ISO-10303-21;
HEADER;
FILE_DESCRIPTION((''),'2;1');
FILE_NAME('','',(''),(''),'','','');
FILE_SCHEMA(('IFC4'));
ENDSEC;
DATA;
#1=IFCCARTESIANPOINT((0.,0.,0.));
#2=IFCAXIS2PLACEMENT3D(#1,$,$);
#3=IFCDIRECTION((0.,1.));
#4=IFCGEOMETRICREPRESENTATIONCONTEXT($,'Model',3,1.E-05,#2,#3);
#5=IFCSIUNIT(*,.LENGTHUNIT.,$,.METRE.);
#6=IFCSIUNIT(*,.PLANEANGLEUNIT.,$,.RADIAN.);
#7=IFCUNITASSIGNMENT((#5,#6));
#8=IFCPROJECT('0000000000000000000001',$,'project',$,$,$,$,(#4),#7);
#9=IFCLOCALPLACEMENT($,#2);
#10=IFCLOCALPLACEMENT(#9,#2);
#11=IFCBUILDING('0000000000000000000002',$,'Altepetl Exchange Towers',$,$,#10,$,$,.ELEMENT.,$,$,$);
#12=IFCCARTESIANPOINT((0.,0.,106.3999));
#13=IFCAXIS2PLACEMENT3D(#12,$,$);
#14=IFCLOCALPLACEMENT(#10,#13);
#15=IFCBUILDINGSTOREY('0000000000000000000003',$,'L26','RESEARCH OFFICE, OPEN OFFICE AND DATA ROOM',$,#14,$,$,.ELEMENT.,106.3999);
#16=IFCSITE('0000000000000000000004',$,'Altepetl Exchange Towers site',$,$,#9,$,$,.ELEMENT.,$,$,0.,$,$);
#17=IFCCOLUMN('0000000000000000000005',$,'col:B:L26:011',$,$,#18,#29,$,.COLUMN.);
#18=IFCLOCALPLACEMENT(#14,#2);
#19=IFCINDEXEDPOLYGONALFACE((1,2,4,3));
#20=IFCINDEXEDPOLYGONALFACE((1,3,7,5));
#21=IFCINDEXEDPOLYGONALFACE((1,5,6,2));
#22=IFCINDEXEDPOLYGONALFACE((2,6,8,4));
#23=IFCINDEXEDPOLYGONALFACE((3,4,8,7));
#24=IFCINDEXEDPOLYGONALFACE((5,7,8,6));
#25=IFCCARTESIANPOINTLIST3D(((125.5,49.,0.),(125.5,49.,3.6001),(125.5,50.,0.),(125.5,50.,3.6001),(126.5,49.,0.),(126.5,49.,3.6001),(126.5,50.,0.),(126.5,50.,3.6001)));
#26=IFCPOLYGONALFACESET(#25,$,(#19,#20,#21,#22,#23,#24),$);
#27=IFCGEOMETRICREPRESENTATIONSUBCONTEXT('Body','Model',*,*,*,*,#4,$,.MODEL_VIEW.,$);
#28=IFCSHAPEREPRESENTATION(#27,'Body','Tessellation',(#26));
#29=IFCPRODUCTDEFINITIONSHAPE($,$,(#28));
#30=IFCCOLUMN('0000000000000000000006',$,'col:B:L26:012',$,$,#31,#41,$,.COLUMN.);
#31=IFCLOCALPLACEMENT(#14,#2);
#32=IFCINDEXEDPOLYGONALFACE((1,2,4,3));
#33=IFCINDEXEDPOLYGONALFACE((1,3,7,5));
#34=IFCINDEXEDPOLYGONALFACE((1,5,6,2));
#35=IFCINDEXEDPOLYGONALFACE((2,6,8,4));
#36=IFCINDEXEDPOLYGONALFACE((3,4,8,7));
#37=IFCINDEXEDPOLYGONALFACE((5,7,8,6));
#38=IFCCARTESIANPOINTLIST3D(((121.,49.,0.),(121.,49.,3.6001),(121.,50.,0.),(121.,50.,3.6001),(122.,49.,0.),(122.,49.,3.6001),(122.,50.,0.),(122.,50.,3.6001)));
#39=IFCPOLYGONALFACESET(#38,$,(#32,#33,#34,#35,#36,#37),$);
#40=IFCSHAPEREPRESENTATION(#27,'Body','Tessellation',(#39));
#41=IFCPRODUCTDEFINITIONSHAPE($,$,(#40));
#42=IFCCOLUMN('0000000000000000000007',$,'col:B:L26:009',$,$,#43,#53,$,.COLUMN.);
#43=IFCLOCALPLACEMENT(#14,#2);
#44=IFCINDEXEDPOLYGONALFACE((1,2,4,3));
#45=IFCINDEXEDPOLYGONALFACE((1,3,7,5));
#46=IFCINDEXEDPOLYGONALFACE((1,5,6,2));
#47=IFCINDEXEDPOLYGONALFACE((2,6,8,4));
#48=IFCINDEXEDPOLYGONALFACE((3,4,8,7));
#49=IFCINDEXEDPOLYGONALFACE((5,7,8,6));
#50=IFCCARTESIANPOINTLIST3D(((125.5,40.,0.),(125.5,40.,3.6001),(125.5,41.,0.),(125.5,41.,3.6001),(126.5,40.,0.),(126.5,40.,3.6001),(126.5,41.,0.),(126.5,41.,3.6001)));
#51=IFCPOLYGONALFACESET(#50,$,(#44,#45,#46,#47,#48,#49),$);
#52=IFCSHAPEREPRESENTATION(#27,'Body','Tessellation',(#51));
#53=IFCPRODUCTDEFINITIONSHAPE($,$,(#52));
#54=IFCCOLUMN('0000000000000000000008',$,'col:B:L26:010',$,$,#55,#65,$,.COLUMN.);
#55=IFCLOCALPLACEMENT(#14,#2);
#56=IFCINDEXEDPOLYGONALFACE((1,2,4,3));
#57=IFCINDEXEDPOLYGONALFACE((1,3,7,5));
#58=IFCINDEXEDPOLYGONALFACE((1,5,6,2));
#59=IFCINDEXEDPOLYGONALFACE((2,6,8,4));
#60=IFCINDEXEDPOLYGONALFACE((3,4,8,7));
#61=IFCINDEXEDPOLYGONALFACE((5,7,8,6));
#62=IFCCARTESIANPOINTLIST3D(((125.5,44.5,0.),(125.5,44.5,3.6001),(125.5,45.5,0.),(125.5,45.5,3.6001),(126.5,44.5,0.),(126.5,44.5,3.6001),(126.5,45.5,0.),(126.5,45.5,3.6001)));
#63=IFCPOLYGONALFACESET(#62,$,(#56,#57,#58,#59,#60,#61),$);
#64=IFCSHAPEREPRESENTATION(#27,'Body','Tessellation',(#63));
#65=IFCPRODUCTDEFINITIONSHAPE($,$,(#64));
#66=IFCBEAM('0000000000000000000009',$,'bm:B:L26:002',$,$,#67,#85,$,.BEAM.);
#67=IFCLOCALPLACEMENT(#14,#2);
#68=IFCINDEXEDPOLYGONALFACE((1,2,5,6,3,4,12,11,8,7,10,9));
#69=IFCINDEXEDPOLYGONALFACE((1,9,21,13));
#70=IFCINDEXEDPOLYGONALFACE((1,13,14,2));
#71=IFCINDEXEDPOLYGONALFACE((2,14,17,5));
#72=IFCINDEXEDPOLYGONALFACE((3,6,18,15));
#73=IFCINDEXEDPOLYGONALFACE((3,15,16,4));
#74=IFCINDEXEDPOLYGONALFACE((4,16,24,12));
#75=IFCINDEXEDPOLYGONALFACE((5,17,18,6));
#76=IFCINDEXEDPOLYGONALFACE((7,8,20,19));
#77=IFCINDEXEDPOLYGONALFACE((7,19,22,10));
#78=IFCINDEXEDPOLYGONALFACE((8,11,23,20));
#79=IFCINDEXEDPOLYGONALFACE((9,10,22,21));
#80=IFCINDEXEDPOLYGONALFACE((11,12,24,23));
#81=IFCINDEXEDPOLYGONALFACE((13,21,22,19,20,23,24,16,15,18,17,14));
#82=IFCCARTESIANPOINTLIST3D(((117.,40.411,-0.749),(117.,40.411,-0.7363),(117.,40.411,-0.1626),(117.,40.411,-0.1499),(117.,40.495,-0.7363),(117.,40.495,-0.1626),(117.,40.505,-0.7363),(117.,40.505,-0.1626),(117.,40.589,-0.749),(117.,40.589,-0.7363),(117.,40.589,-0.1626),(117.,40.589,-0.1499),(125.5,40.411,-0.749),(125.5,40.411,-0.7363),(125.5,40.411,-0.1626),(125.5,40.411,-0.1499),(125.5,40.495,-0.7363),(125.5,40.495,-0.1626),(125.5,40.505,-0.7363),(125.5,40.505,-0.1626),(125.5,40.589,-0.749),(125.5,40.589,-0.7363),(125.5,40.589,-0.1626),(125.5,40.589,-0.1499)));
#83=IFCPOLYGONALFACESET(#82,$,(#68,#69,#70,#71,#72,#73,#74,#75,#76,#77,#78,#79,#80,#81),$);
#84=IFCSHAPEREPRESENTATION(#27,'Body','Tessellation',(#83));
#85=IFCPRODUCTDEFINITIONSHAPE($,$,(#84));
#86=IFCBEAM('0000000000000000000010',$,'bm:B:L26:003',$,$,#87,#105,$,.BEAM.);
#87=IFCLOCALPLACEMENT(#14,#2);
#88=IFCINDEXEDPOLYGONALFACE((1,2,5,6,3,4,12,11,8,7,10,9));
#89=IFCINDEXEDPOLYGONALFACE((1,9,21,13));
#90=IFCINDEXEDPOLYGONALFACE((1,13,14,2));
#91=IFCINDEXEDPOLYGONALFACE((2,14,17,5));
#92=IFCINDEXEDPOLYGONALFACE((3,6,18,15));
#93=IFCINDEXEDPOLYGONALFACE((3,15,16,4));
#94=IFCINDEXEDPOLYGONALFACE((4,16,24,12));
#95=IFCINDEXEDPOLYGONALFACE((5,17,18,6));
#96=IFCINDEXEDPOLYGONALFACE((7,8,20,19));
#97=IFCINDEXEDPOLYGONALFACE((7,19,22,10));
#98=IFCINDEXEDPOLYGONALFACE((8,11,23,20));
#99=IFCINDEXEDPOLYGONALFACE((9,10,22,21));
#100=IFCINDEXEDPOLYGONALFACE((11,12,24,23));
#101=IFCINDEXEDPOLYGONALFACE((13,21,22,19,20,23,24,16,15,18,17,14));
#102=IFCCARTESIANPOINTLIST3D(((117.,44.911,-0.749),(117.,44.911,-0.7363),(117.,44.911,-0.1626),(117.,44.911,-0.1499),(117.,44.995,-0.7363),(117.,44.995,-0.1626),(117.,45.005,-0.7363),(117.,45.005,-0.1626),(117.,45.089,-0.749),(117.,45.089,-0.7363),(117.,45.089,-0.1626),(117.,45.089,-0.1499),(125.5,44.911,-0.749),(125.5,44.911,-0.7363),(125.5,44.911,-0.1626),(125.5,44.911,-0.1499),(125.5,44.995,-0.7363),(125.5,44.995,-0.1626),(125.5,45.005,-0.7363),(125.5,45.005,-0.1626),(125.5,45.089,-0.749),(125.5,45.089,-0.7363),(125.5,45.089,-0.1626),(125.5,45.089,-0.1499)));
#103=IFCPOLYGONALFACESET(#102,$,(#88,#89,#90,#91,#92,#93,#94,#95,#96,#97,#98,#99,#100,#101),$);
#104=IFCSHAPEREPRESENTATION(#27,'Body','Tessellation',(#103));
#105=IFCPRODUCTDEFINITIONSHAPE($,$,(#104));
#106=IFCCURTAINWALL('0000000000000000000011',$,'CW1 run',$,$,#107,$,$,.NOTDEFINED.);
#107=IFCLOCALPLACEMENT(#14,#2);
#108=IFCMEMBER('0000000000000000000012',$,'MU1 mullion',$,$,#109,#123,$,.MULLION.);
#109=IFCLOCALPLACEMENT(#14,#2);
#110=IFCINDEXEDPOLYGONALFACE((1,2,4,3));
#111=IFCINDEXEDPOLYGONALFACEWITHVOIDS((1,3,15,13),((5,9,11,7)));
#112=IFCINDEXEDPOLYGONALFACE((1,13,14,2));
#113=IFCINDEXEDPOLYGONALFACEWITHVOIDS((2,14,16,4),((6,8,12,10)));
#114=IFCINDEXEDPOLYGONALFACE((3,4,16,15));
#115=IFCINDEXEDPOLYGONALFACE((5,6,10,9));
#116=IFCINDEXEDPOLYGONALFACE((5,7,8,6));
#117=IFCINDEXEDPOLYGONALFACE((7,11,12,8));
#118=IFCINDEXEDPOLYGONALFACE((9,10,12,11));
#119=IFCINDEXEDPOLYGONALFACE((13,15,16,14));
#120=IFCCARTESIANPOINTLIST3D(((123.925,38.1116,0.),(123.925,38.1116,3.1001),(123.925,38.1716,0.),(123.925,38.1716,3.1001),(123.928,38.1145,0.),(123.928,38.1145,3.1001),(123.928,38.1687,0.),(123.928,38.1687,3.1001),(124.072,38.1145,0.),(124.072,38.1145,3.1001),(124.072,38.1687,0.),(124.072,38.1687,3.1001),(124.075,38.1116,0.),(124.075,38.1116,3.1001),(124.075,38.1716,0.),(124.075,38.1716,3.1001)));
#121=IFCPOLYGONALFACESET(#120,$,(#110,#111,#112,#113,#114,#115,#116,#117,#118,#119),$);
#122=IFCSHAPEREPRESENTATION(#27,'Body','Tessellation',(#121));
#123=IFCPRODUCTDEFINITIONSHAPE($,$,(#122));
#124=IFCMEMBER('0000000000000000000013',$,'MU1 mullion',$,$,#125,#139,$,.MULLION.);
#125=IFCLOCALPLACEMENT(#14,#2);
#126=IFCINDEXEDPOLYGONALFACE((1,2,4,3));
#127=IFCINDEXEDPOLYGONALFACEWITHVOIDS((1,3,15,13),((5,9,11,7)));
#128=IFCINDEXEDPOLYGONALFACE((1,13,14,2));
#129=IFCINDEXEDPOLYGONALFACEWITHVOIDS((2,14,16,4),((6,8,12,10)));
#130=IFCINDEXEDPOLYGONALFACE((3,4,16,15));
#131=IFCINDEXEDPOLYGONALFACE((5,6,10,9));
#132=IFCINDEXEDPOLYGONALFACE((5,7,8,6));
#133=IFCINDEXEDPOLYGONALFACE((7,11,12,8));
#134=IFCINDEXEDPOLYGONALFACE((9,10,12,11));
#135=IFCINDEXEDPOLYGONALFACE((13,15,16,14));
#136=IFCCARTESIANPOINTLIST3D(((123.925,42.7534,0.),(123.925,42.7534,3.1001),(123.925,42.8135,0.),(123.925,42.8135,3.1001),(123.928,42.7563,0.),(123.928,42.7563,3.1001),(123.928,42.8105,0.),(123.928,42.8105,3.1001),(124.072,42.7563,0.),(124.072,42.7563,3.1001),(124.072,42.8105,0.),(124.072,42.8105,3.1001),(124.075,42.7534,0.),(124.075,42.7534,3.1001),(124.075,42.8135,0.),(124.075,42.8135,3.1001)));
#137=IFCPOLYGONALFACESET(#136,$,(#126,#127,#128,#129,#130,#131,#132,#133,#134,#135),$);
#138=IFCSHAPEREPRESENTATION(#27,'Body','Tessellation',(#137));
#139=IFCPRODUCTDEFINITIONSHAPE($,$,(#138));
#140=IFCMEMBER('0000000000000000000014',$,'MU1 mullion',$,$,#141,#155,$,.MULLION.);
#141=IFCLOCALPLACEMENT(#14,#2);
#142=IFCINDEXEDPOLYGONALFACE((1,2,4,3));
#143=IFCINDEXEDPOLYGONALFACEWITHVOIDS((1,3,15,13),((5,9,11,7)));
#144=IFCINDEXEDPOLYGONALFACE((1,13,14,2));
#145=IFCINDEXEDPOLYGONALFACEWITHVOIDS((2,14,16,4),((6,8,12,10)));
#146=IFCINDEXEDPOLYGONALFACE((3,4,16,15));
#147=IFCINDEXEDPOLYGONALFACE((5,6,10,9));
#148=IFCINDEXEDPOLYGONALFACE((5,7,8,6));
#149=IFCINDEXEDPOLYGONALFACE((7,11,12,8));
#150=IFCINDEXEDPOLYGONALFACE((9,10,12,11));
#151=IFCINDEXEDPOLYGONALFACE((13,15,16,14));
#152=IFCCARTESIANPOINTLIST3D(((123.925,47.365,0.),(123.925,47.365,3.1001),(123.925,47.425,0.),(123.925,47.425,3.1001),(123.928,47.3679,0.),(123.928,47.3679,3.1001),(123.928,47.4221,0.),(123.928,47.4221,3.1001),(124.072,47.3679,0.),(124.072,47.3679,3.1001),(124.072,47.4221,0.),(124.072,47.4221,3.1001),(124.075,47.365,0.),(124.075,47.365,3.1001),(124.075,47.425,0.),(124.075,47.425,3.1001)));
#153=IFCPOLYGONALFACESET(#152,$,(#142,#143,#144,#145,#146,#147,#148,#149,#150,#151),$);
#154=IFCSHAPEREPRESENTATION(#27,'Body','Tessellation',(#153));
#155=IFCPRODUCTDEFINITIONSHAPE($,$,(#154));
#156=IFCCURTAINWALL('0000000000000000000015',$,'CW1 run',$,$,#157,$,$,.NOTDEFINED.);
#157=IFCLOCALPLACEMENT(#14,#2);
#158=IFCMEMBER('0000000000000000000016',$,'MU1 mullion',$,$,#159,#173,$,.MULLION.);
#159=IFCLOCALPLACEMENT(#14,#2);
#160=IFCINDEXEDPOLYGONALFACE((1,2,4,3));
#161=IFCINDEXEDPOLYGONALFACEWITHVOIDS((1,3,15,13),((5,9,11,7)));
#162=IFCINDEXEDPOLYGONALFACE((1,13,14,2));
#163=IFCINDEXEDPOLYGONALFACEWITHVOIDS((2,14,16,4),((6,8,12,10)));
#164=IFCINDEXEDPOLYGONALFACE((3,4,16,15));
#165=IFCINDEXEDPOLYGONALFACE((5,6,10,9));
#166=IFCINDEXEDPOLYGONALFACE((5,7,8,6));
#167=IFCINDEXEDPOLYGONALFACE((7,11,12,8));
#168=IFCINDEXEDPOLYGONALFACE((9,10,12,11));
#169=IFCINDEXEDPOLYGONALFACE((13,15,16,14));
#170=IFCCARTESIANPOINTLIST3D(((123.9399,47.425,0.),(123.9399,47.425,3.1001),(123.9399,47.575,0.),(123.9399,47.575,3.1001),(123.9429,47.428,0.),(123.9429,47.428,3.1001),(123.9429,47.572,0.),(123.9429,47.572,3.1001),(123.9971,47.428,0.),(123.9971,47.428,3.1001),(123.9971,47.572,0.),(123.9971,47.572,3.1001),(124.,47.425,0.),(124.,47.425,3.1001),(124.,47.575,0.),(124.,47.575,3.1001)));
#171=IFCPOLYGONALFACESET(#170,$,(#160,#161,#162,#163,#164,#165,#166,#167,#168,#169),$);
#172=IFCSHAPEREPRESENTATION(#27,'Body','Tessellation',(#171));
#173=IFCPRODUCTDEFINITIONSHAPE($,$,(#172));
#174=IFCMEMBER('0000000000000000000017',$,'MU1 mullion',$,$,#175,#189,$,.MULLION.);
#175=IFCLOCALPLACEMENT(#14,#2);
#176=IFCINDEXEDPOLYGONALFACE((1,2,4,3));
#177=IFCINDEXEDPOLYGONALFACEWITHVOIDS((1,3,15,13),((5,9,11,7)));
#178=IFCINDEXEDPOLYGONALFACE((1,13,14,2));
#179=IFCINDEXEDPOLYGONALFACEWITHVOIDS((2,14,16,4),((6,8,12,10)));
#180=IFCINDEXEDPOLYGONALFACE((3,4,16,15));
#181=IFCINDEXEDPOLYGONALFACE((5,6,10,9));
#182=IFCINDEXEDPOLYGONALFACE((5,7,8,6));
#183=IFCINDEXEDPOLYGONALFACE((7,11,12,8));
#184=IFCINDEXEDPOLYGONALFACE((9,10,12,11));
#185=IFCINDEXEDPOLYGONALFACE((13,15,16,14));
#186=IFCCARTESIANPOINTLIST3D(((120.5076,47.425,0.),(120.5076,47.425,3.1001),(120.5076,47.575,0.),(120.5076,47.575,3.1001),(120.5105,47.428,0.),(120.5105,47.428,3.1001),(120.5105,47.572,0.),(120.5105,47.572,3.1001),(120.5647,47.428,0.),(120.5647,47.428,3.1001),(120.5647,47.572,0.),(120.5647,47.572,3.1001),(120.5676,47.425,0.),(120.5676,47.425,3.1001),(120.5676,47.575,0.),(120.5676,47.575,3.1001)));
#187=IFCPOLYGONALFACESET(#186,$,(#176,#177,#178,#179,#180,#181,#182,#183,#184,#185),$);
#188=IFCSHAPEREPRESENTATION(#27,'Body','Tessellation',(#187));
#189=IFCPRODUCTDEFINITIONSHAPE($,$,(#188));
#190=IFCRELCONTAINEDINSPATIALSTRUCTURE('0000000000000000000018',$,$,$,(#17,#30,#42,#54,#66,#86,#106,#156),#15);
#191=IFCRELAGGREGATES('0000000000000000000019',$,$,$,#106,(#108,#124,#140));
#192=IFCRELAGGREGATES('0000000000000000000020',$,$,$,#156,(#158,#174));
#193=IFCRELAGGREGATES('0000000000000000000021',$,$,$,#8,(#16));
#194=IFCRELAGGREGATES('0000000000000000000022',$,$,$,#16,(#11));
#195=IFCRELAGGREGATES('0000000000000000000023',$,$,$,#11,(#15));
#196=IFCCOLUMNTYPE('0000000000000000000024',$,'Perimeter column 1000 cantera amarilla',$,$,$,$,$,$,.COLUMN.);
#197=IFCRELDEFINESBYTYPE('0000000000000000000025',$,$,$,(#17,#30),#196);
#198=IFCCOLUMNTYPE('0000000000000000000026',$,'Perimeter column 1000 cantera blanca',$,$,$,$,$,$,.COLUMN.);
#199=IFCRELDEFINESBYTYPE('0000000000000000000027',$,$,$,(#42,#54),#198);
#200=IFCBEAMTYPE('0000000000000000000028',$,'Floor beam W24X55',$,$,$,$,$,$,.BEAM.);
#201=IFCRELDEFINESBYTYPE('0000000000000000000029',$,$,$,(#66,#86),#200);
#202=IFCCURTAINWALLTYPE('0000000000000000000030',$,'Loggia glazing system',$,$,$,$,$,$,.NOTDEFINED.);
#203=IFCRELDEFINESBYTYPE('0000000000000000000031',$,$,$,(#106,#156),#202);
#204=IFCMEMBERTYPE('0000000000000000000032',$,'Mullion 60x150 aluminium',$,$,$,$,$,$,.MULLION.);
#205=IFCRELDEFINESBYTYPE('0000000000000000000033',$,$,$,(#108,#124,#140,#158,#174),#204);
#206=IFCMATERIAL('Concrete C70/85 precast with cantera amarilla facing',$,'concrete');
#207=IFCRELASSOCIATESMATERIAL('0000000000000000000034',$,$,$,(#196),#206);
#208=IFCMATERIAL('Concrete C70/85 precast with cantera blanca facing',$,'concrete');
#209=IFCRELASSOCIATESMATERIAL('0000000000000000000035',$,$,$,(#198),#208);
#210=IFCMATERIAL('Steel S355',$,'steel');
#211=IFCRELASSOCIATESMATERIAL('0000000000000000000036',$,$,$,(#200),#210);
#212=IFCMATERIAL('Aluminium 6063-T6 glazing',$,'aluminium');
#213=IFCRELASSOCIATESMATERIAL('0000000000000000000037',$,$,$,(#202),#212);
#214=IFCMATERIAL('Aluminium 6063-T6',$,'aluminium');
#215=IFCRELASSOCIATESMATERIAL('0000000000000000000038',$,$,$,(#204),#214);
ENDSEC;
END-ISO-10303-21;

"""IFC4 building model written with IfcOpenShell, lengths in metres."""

from ifc_helpers import new_model, si_unit, direction, frame, origin, origin_2d, place, context, subcontext, project, spatial, rectangle, hollow_rectangle, i_section, extrude, material, material_profile, profile_set, type_object, element, aggregate, save


model = new_model("IFC4")

# Units and contexts
model_context = context("Model", 3, precision=1e-05, world=origin(), true_north=direction((0.0, 1.0)))
body_context = subcontext(model_context, "Body", "Model", "MODEL_VIEW")
ifc_project = project(units=[si_unit("LENGTHUNIT", "METRE"), si_unit("PLANEANGLEUNIT", "RADIAN")], contexts=[model_context])

# Site, building, storey
site_placement = place(None, origin())
site = spatial("IfcSite", under=ifc_project, at=site_placement, Name="Altepetl Exchange Towers site", CompositionType="ELEMENT", RefElevation=0.0)
building_placement = place(site_placement, origin())
building = spatial("IfcBuilding", under=site, at=building_placement, Name="Altepetl Exchange Towers", CompositionType="ELEMENT")
storey_placement = place(building_placement, frame((0.0, 0.0, 106.3999)))
storey = spatial("IfcBuildingStorey", under=building, at=storey_placement, Name="L26", Description="RESEARCH OFFICE, OPEN OFFICE AND DATA ROOM", CompositionType="ELEMENT", Elevation=106.3999)

# Columns
ifc_material_1 = material(Name="Concrete C70/85 precast with cantera amarilla facing", Category="concrete")
ifc_material_profile_1 = material_profile(ifc_material_1, rectangle(XDim=1.0, YDim=1.0, at=origin_2d()), Name="1000 x 1000")
ifc_profile_set_1 = profile_set([ifc_material_profile_1], Name="Concrete C70/85 precast with cantera amarilla facing")
column_type_1 = type_object("IfcColumnType", Name="Perimeter column 1000 cantera amarilla", PredefinedType="COLUMN", material=ifc_profile_set_1)
for number, where, name in (
    (1, (126.0, 49.5, 0.0), "col:B:L26:011"),
    (2, (121.5, 49.5, 0.0), "col:B:L26:012"),
):
    element("IfcColumn", number, at=place(storey_placement, frame(where)), inside=storey, type_object=column_type_1, Name=name, PredefinedType="COLUMN", context=body_context, shape_type="SweptSolid", body=[
        extrude(rectangle(XDim=1.0, YDim=1.0, at=origin_2d()), origin(), (0.0, 0.0, 1.0), 3.6001),
    ])
ifc_material_2 = material(Name="Concrete C70/85 precast with cantera blanca facing", Category="concrete")
ifc_material_profile_2 = material_profile(ifc_material_2, rectangle(XDim=1.0, YDim=1.0, at=origin_2d()), Name="1000 x 1000")
ifc_profile_set_2 = profile_set([ifc_material_profile_2], Name="Concrete C70/85 precast with cantera blanca facing")
column_type_2 = type_object("IfcColumnType", Name="Perimeter column 1000 cantera blanca", PredefinedType="COLUMN", material=ifc_profile_set_2)
for number, where, name in (
    (3, (126.0, 40.5, 0.0), "col:B:L26:009"),
    (4, (126.0, 45.0, 0.0), "col:B:L26:010"),
):
    element("IfcColumn", number, at=place(storey_placement, frame(where)), inside=storey, type_object=column_type_2, Name=name, PredefinedType="COLUMN", context=body_context, shape_type="SweptSolid", body=[
        extrude(rectangle(XDim=1.0, YDim=1.0, at=origin_2d()), origin(), (0.0, 0.0, 1.0), 3.6001),
    ])

# Beams
ifc_material_3 = material(Name="Steel S355", Category="steel")
ifc_material_profile_3 = material_profile(ifc_material_3, i_section(OverallWidth=0.178, OverallDepth=0.5991, WebThickness=0.01, FlangeThickness=0.0127, at=origin_2d()), Name="W24X55")
ifc_profile_set_3 = profile_set([ifc_material_profile_3], Name="Steel S355")
beam_type_1 = type_object("IfcBeamType", Name="Floor beam W24X55", PredefinedType="BEAM", material=ifc_profile_set_3)
for number, where, z_axis, x_axis, name in (
    (5, (117.0, 40.5, -0.4495), (1.0, 0.0, 0.0), (0.0, 1.0, 0.0), "bm:B:L26:002"),
    (6, (117.0, 45.0, -0.4495), (1.0, 0.0, 0.0), (0.0, 1.0, 0.0), "bm:B:L26:003"),
):
    element("IfcBeam", number, at=place(storey_placement, frame(where, z_axis=z_axis, x_axis=x_axis)), inside=storey, type_object=beam_type_1, Name=name, PredefinedType="BEAM", context=body_context, shape_type="SweptSolid", body=[
        extrude(i_section(OverallWidth=0.178, OverallDepth=0.5991, WebThickness=0.01, FlangeThickness=0.0127, at=origin_2d()), origin(), (0.0, 0.0, 1.0), 8.5),
    ])

# Curtain walls, members
ifc_material_4 = material(Name="Aluminium 6063-T6 glazing", Category="aluminium")
curtain_wall_type = type_object("IfcCurtainWallType", Name="Loggia glazing system", PredefinedType="NOTDEFINED", material=ifc_material_4)
curtain_wall_1_placement = place(storey_placement, origin())
curtain_wall_1 = element("IfcCurtainWall", 7, at=curtain_wall_1_placement, inside=storey, type_object=curtain_wall_type, Name="CW1 run", PredefinedType="NOTDEFINED")
ifc_material_5 = material(Name="Aluminium 6063-T6", Category="aluminium")
ifc_material_profile_4 = material_profile(ifc_material_5, hollow_rectangle(XDim=0.0601, YDim=0.1499, WallThickness=0.0029, at=origin_2d()), Name="Mullion 60x150 aluminium")
ifc_profile_set_4 = profile_set([ifc_material_profile_4], Name="Aluminium 6063-T6")
member_type = type_object("IfcMemberType", Name="Mullion 60x150 aluminium", PredefinedType="MULLION", material=ifc_profile_set_4)
member_1_placement = place(storey_placement, frame((124.0, 38.1416, 0.0), z_axis=(0.0, 0.0, 1.0), x_axis=(0.0, 1.0, 0.0)))
member_1 = element("IfcMember", 8, at=member_1_placement, type_object=member_type, Name="MU1 mullion", PredefinedType="MULLION", context=body_context, shape_type="SweptSolid", body=[
    extrude(hollow_rectangle(XDim=0.0601, YDim=0.1499, WallThickness=0.0029, at=origin_2d()), origin(), (0.0, 0.0, 1.0), 3.1001),
])
member_2_placement = place(storey_placement, frame((124.0, 42.7834, 0.0), z_axis=(0.0, 0.0, 1.0), x_axis=(0.0, 1.0, 0.0)))
member_2 = element("IfcMember", 9, at=member_2_placement, type_object=member_type, Name="MU1 mullion", PredefinedType="MULLION", context=body_context, shape_type="SweptSolid", body=[
    extrude(hollow_rectangle(XDim=0.0601, YDim=0.1499, WallThickness=0.0029, at=origin_2d()), origin(), (0.0, 0.0, 1.0), 3.1001),
])
member_3_placement = place(storey_placement, frame((124.0, 47.395, 0.0), z_axis=(0.0, 0.0, 1.0), x_axis=(0.0, 1.0, 0.0)))
member_3 = element("IfcMember", 10, at=member_3_placement, type_object=member_type, Name="MU1 mullion", PredefinedType="MULLION", context=body_context, shape_type="SweptSolid", body=[
    extrude(hollow_rectangle(XDim=0.0601, YDim=0.1499, WallThickness=0.0029, at=origin_2d()), origin(), (0.0, 0.0, 1.0), 3.1001),
])
curtain_wall_2_placement = place(storey_placement, origin())
curtain_wall_2 = element("IfcCurtainWall", 11, at=curtain_wall_2_placement, inside=storey, type_object=curtain_wall_type, Name="CW1 run", PredefinedType="NOTDEFINED")
member_4_placement = place(storey_placement, frame((123.97, 47.5, 0.0), z_axis=(0.0, 0.0, 1.0), x_axis=(-1.0, 0.0, 0.0)))
member_4 = element("IfcMember", 12, at=member_4_placement, type_object=member_type, Name="MU1 mullion", PredefinedType="MULLION", context=body_context, shape_type="SweptSolid", body=[
    extrude(hollow_rectangle(XDim=0.0601, YDim=0.1499, WallThickness=0.0029, at=origin_2d()), origin(), (0.0, 0.0, 1.0), 3.1001),
])
member_5_placement = place(storey_placement, frame((120.5376, 47.5, 0.0), z_axis=(0.0, 0.0, 1.0), x_axis=(-1.0, 0.0, 0.0)))
member_5 = element("IfcMember", 13, at=member_5_placement, type_object=member_type, Name="MU1 mullion", PredefinedType="MULLION", context=body_context, shape_type="SweptSolid", body=[
    extrude(hollow_rectangle(XDim=0.0601, YDim=0.1499, WallThickness=0.0029, at=origin_2d()), origin(), (0.0, 0.0, 1.0), 3.1001),
])

aggregate(curtain_wall_1, [member_1, member_2, member_3])
aggregate(curtain_wall_2, [member_4, member_5])

save(model, "model.ifc")
